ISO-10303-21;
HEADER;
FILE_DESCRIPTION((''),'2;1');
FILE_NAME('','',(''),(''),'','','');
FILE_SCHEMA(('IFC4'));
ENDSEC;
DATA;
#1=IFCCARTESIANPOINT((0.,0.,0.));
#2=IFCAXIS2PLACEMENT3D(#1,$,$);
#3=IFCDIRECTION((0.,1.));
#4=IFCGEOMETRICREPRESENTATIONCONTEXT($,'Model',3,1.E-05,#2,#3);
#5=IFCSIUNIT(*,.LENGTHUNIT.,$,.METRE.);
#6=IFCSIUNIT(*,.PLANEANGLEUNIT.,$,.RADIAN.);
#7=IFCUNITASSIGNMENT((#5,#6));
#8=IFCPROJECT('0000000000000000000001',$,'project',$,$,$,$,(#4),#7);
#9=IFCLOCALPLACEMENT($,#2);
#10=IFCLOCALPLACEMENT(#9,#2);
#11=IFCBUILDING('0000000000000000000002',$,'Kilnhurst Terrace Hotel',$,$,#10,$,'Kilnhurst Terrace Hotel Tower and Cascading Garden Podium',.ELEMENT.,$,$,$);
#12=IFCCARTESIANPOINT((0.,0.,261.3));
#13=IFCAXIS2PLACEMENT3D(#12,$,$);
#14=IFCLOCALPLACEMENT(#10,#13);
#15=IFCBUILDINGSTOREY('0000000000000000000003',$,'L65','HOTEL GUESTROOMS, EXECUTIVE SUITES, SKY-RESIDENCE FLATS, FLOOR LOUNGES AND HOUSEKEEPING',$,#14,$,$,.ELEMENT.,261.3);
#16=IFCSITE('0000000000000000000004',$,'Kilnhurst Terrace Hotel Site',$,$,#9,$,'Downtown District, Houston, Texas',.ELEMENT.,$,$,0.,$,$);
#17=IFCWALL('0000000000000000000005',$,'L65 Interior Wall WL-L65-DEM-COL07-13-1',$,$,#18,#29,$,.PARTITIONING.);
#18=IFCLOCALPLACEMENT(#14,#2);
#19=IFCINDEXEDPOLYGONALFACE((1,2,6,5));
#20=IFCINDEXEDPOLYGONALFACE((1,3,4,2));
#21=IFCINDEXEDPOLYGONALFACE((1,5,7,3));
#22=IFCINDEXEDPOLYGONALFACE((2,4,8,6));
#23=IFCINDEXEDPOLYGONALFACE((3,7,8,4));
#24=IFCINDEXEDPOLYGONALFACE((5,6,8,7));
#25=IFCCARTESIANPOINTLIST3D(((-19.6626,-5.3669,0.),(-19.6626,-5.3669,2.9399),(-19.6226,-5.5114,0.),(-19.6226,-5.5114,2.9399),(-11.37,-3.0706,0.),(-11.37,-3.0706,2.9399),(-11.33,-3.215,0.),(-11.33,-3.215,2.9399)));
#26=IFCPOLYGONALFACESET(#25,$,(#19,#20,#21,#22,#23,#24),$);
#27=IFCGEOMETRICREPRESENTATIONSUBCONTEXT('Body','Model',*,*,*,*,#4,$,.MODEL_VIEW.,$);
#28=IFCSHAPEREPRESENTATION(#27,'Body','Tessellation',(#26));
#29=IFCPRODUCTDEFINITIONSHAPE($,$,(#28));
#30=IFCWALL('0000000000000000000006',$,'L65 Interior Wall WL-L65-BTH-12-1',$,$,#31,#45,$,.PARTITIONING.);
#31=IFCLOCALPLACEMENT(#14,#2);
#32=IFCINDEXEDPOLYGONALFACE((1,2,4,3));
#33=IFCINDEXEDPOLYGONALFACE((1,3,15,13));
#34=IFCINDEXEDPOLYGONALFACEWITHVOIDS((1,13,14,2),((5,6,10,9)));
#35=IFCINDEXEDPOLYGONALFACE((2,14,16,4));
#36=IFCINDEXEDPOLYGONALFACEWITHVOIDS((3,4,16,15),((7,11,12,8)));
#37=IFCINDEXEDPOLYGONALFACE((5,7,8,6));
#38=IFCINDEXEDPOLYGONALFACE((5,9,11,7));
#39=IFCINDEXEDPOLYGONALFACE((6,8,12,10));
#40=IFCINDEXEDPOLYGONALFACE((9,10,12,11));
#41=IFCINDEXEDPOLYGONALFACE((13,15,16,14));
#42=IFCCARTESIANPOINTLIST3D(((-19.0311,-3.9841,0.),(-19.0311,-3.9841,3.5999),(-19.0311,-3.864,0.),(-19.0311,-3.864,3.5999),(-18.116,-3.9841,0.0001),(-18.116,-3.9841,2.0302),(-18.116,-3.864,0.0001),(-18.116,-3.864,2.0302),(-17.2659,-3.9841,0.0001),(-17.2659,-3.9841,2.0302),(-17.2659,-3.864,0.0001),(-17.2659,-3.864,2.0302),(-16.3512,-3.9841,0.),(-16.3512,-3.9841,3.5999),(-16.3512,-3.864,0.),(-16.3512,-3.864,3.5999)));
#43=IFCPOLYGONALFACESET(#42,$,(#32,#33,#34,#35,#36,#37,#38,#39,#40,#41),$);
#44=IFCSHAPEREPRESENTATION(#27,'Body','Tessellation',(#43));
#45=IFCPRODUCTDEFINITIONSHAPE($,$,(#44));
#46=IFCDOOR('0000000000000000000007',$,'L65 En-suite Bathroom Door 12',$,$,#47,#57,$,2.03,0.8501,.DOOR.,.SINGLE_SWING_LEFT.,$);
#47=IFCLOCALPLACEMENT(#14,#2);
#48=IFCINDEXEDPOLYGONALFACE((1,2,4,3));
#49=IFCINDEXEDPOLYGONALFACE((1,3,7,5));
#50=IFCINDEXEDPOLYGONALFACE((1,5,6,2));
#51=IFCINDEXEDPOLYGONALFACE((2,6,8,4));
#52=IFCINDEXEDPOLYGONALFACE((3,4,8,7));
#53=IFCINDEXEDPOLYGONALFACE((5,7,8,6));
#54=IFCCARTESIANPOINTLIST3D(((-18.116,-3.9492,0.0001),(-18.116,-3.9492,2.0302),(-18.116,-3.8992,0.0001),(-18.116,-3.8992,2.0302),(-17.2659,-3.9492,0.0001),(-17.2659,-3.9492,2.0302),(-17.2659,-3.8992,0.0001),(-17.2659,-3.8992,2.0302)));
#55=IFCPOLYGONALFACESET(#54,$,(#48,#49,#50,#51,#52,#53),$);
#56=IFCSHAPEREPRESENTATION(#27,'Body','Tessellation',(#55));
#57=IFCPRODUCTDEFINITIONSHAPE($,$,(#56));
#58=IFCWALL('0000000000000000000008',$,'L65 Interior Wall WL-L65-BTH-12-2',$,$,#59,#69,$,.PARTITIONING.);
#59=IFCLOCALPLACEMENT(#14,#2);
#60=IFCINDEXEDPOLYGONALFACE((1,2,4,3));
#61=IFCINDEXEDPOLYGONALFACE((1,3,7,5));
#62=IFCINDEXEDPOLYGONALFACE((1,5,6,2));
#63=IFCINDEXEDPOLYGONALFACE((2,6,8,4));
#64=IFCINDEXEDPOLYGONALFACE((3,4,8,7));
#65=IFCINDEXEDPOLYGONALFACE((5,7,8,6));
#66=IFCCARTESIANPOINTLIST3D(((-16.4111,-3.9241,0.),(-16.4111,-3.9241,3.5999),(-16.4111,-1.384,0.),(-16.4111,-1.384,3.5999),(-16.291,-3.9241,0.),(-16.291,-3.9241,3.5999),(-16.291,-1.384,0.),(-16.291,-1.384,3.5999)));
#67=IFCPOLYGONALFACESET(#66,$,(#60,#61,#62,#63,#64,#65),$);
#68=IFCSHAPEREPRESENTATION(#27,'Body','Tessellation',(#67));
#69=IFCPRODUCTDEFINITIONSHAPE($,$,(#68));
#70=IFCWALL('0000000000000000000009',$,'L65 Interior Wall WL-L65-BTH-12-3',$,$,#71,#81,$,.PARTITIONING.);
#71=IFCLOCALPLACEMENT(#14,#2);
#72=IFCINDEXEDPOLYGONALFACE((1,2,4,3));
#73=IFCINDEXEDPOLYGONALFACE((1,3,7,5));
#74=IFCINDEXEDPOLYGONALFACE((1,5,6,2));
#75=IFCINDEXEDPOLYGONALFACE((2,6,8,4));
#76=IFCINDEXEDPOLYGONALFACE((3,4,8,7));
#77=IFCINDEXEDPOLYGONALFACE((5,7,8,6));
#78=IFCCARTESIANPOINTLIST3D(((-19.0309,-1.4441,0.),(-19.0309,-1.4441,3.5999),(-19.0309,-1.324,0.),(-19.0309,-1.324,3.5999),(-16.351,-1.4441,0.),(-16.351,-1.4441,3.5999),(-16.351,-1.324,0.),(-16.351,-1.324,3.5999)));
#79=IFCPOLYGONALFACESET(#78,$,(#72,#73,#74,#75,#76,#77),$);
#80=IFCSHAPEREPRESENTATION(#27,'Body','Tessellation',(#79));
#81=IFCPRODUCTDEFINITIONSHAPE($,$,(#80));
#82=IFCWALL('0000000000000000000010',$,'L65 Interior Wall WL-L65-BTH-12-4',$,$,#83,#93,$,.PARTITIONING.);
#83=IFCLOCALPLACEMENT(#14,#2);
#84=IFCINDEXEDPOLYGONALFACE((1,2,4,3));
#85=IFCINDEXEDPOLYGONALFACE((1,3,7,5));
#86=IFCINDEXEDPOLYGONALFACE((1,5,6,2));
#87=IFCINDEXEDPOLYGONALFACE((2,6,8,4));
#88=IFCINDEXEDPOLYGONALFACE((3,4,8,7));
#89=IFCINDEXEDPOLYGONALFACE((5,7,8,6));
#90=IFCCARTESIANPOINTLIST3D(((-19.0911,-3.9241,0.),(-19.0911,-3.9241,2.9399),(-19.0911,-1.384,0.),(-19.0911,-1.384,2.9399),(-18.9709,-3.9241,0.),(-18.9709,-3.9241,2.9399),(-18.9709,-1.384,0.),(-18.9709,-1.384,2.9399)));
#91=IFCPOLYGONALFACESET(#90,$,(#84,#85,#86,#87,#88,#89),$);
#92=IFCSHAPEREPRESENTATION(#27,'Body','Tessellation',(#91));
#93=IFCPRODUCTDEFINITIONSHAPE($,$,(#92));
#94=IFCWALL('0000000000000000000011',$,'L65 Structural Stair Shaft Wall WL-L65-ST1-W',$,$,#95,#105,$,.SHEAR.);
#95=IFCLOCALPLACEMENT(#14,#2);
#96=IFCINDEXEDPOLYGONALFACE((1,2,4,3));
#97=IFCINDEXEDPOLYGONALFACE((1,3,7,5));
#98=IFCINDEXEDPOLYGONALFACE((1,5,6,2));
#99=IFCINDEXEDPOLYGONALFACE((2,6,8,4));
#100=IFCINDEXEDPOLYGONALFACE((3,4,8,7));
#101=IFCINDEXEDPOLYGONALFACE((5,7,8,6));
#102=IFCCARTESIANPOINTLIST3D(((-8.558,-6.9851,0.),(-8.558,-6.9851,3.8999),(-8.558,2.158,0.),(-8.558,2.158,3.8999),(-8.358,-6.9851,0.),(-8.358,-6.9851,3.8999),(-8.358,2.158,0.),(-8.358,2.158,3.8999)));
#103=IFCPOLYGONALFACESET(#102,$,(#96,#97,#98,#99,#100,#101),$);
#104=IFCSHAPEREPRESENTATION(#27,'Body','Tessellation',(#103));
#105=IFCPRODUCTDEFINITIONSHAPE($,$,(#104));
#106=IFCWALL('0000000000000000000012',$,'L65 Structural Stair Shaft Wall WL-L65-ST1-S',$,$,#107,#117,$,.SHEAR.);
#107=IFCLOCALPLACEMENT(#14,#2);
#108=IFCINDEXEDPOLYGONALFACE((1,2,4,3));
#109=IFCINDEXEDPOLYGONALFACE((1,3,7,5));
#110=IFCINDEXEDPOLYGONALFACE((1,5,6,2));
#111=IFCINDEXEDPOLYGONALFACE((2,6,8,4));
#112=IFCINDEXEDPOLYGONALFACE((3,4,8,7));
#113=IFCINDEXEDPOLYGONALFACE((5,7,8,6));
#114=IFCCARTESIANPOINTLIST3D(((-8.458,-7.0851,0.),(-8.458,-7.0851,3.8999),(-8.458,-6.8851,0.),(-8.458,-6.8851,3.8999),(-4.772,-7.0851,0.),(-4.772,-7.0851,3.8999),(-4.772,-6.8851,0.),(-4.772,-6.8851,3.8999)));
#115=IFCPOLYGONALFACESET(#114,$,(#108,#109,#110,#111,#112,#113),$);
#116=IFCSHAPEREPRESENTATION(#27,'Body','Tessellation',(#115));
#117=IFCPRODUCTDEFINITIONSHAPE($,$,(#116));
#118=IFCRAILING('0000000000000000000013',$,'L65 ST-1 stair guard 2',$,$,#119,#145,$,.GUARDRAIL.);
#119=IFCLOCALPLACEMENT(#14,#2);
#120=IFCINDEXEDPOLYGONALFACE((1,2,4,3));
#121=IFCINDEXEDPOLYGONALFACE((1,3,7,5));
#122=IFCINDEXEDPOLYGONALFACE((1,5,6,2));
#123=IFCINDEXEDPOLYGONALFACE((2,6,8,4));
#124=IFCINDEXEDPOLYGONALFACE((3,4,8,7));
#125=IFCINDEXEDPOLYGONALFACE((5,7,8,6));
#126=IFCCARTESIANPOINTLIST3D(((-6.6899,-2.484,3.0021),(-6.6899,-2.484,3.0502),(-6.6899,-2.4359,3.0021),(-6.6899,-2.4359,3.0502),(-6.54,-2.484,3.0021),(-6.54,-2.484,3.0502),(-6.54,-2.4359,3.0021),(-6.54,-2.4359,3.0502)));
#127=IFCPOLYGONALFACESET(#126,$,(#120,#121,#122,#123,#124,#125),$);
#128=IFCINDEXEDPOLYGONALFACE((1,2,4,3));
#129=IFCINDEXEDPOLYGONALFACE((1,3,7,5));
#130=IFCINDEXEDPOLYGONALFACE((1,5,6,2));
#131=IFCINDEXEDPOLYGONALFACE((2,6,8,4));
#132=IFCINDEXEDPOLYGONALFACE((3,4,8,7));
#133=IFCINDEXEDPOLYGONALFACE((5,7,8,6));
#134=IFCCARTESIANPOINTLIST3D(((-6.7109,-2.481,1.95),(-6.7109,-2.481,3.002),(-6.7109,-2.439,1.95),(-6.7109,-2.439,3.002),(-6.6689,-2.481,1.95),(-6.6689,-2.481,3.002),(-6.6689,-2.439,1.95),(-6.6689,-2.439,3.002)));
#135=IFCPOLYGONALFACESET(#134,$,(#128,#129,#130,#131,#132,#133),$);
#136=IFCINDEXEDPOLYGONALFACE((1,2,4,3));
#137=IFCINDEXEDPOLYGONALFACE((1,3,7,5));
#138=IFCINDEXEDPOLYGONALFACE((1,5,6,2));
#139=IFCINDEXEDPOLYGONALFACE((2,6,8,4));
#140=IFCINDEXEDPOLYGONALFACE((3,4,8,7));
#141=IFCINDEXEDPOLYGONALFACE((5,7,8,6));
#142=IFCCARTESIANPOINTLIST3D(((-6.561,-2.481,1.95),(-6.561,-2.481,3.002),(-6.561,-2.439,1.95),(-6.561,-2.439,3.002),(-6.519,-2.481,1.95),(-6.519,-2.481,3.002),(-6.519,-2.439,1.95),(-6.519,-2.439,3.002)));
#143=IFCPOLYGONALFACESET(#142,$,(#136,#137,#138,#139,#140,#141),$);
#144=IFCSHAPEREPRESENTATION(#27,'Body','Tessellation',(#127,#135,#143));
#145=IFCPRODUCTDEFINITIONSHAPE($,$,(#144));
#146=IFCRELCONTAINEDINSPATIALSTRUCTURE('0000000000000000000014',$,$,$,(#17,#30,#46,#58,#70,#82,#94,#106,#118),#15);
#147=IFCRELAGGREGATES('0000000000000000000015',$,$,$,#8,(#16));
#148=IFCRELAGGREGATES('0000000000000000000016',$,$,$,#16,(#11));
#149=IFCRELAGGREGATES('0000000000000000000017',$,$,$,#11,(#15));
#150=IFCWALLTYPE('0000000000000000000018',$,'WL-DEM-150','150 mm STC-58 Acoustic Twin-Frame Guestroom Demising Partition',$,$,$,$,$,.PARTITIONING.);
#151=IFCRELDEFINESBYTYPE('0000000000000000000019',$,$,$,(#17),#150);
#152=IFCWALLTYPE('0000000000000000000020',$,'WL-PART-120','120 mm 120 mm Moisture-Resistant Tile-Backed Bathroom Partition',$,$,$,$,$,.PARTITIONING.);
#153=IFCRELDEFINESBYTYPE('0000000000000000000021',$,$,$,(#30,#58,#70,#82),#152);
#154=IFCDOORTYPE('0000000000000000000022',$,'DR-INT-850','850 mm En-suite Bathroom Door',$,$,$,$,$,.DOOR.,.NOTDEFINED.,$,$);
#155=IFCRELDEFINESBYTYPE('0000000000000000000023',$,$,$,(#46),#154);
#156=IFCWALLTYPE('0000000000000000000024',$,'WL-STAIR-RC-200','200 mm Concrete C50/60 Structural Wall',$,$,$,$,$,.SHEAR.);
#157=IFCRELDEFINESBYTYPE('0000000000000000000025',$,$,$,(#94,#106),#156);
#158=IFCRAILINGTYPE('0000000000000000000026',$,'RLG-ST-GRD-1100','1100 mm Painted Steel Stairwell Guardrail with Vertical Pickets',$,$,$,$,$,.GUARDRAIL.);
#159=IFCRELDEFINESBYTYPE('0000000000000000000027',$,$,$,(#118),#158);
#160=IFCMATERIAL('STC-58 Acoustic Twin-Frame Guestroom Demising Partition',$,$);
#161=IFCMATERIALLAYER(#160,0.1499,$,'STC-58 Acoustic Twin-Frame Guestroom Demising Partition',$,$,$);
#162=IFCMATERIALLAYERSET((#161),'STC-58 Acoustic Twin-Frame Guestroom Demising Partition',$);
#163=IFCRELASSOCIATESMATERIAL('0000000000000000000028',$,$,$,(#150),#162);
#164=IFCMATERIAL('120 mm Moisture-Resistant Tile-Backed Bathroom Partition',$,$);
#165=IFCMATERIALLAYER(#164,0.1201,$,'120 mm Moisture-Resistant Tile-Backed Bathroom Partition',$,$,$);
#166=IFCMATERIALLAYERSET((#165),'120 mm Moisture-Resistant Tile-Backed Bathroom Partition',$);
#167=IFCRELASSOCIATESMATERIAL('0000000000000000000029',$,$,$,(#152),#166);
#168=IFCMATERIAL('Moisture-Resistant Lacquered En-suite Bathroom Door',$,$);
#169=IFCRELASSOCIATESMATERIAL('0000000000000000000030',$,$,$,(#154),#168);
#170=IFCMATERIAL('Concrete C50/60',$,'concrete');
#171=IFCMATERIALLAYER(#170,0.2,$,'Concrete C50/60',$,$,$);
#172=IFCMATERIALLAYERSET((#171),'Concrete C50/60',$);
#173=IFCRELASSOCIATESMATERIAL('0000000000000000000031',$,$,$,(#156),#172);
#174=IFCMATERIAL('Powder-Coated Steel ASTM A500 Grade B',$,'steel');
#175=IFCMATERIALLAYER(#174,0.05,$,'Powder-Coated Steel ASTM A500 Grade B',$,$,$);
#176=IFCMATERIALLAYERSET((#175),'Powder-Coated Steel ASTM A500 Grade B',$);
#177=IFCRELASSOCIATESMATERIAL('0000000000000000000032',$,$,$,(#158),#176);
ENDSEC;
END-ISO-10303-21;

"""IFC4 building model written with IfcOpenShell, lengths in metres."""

from ifc_helpers import new_model, si_unit, direction, frame, frame_2d, origin, origin_2d, place, context, subcontext, project, spatial, rectangle, extrude, material, layer, layer_set, type_object, element, fill, save


model = new_model("IFC4")

# Units and contexts
model_context = context("Model", 3, precision=1e-05, world=origin(), true_north=direction((0.0, 1.0)))
body_context = subcontext(model_context, "Body", "Model", "MODEL_VIEW")
ifc_project = project(units=[si_unit("LENGTHUNIT", "METRE"), si_unit("PLANEANGLEUNIT", "RADIAN")], contexts=[model_context])

# Site, building, storey
site_placement = place(None, origin())
site = spatial("IfcSite", under=ifc_project, at=site_placement, Name="Kilnhurst Terrace Hotel Site", LongName="Downtown District, Houston, Texas", CompositionType="ELEMENT", RefElevation=0.0)
building_placement = place(site_placement, origin())
building = spatial("IfcBuilding", under=site, at=building_placement, Name="Kilnhurst Terrace Hotel", LongName="Kilnhurst Terrace Hotel Tower and Cascading Garden Podium", CompositionType="ELEMENT")
storey_placement = place(building_placement, frame((0.0, 0.0, 261.3)))
storey = spatial("IfcBuildingStorey", under=building, at=storey_placement, Name="L65", Description="HOTEL GUESTROOMS, EXECUTIVE SUITES, SKY-RESIDENCE FLATS, FLOOR LOUNGES AND HOUSEKEEPING", CompositionType="ELEMENT", Elevation=261.3)

# Shared definitions
ifc_material_1 = material(Name="Concrete C50/60", Category="concrete")

# Wall
ifc_material_2 = material(Name="STC-58 Acoustic Twin-Frame Guestroom Demising Partition")
ifc_layer_1 = layer(ifc_material_2, 0.1499, Name="STC-58 Acoustic Twin-Frame Guestroom Demising Partition")
ifc_layer_set_1 = layer_set([ifc_layer_1], Name="STC-58 Acoustic Twin-Frame Guestroom Demising Partition")
wall_type_1 = type_object("IfcWallType", Name="WL-DEM-150", Description="150 mm STC-58 Acoustic Twin-Frame Guestroom Demising Partition", PredefinedType="PARTITIONING", material=ifc_layer_set_1)
wall_1_placement = place(storey_placement, frame((-11.3501, -3.1428, 0.0), z_axis=(0.0, 0.0, 1.0), x_axis=(-0.963732, -0.266873, 0.0)))
element("IfcWall", 1, at=wall_1_placement, inside=storey, type_object=wall_type_1, Name="L65 Interior Wall WL-L65-DEM-COL07-13-1", PredefinedType="PARTITIONING", context=body_context, shape_type="SweptSolid", body=[
    extrude(rectangle(XDim=8.6047, YDim=0.1499, at=frame_2d((4.3022, 0.0))), origin(), (0.0, 0.0, 1.0), 2.9399),
])

# Wall, opening, door
ifc_material_3 = material(Name="120 mm Moisture-Resistant Tile-Backed Bathroom Partition")
ifc_layer_2 = layer(ifc_material_3, 0.1201, Name="120 mm Moisture-Resistant Tile-Backed Bathroom Partition")
ifc_layer_set_2 = layer_set([ifc_layer_2], Name="120 mm Moisture-Resistant Tile-Backed Bathroom Partition")
wall_type_2 = type_object("IfcWallType", Name="WL-PART-120", Description="120 mm 120 mm Moisture-Resistant Tile-Backed Bathroom Partition", PredefinedType="PARTITIONING", material=ifc_layer_set_2)
wall_2_placement = place(storey_placement, frame((-19.031, -3.9241, 0.0), z_axis=(0.0, 0.0, 1.0), x_axis=(1.0, 0.0, 0.0)))
wall_2 = element("IfcWall", 2, at=wall_2_placement, inside=storey, type_object=wall_type_2, Name="L65 Interior Wall WL-L65-BTH-12-1", PredefinedType="PARTITIONING", context=body_context, shape_type="SweptSolid", body=[
    extrude(rectangle(XDim=2.6799, YDim=0.1201, at=frame_2d((1.3398, 0.0))), origin(), (0.0, 0.0, 1.0), 3.5999),
])
opening_1_placement = place(wall_2_placement, frame((0.915, 0.0, 0.0)))
opening_1 = element("IfcOpeningElement", 3, at=opening_1_placement, cuts=wall_2, PredefinedType="OPENING", context=body_context, shape_type="SweptSolid", body=[
    extrude(rectangle(XDim=0.8501, YDim=2.03, at=frame_2d((0.425, 1.0151))), frame((0.0, 0.0701, 0.0), z_axis=(0.0, -1.0, 0.0), x_axis=(1.0, 0.0, 0.0)), (0.0, 0.0, 1.0), 0.1401),
])
ifc_material_4 = material(Name="Moisture-Resistant Lacquered En-suite Bathroom Door")
door_type_1 = type_object("IfcDoorType", Name="DR-INT-850", Description="850 mm En-suite Bathroom Door", OperationType="NOTDEFINED", PredefinedType="DOOR", material=ifc_material_4)
door_1_placement = place(opening_1_placement, origin())
door_1 = element("IfcDoor", 4, at=door_1_placement, inside=storey, type_object=door_type_1, Name="L65 En-suite Bathroom Door 12", OperationType="SINGLE_SWING_LEFT", OverallHeight=2.03, OverallWidth=0.8501, PredefinedType="DOOR", context=body_context, shape_type="SweptSolid", body=[
    extrude(rectangle(XDim=0.8501, YDim=2.03, at=frame_2d((0.425, 1.0151))), frame((0.0, 0.0249, 0.0), z_axis=(0.0, -1.0, 0.0), x_axis=(1.0, 0.0, 0.0)), (0.0, 0.0, 1.0), 0.05),
])
fill(opening_1, door_1)

# Walls
wall_3_placement = place(storey_placement, frame((-16.3511, -3.9241, 0.0), z_axis=(0.0, 0.0, 1.0), x_axis=(0.0, 1.0, 0.0)))
element("IfcWall", 5, at=wall_3_placement, inside=storey, type_object=wall_type_2, Name="L65 Interior Wall WL-L65-BTH-12-2", PredefinedType="PARTITIONING", context=body_context, shape_type="SweptSolid", body=[
    extrude(rectangle(XDim=2.54, YDim=0.1201, at=frame_2d((1.27, 0.0))), origin(), (0.0, 0.0, 1.0), 3.5999),
])
wall_4_placement = place(storey_placement, frame((-16.3511, -1.384, 0.0), z_axis=(0.0, 0.0, 1.0), x_axis=(-1.0, 0.0, 0.0)))
element("IfcWall", 6, at=wall_4_placement, inside=storey, type_object=wall_type_2, Name="L65 Interior Wall WL-L65-BTH-12-3", PredefinedType="PARTITIONING", context=body_context, shape_type="SweptSolid", body=[
    extrude(rectangle(XDim=2.6799, YDim=0.1201, at=frame_2d((1.3398, 0.0))), origin(), (0.0, 0.0, 1.0), 3.5999),
])
wall_5_placement = place(storey_placement, frame((-19.031, -1.384, 0.0), z_axis=(0.0, 0.0, 1.0), x_axis=(0.0, -1.0, 0.0)))
element("IfcWall", 7, at=wall_5_placement, inside=storey, type_object=wall_type_2, Name="L65 Interior Wall WL-L65-BTH-12-4", PredefinedType="PARTITIONING", context=body_context, shape_type="SweptSolid", body=[
    extrude(rectangle(XDim=2.54, YDim=0.1201, at=frame_2d((1.27, 0.0))), origin(), (0.0, 0.0, 1.0), 2.9399),
])
ifc_layer_3 = layer(ifc_material_1, 0.2, Name="Concrete C50/60")
ifc_layer_set_3 = layer_set([ifc_layer_3], Name="Concrete C50/60")
wall_type_3 = type_object("IfcWallType", Name="WL-STAIR-RC-200", Description="200 mm Concrete C50/60 Structural Wall", PredefinedType="SHEAR", material=ifc_layer_set_3)
wall_6_placement = place(storey_placement, frame((-8.458, -6.9851, 0.0), z_axis=(0.0, 0.0, 1.0), x_axis=(0.0, 1.0, 0.0)))
element("IfcWall", 8, at=wall_6_placement, inside=storey, type_object=wall_type_3, Name="L65 Structural Stair Shaft Wall WL-L65-ST1-W", PredefinedType="SHEAR", context=body_context, shape_type="SweptSolid", body=[
    extrude(rectangle(XDim=9.1431, YDim=0.2, at=frame_2d((4.5715, 0.0))), origin(), (0.0, 0.0, 1.0), 3.8999),
])
wall_7_placement = place(storey_placement, frame((-8.458, -6.9851, 0.0), z_axis=(0.0, 0.0, 1.0), x_axis=(1.0, 0.0, 0.0)))
element("IfcWall", 9, at=wall_7_placement, inside=storey, type_object=wall_type_3, Name="L65 Structural Stair Shaft Wall WL-L65-ST1-S", PredefinedType="SHEAR", context=body_context, shape_type="SweptSolid", body=[
    extrude(rectangle(XDim=3.686, YDim=0.2, at=frame_2d((1.843, 0.0))), origin(), (0.0, 0.0, 1.0), 3.8999),
])

# Railing
ifc_material_5 = material(Name="Powder-Coated Steel ASTM A500 Grade B", Category="steel")
ifc_layer_4 = layer(ifc_material_5, 0.05, Name="Powder-Coated Steel ASTM A500 Grade B")
ifc_layer_set_4 = layer_set([ifc_layer_4], Name="Powder-Coated Steel ASTM A500 Grade B")
railing_type = type_object("IfcRailingType", Name="RLG-ST-GRD-1100", Description="1100 mm Painted Steel Stairwell Guardrail with Vertical Pickets", PredefinedType="GUARDRAIL", material=ifc_layer_set_4)
railing_placement = place(storey_placement, frame((-6.6899, -2.46, 1.95)))
element("IfcRailing", 10, at=railing_placement, inside=storey, type_object=railing_type, Name="L65 ST-1 stair guard 2", PredefinedType="GUARDRAIL", context=body_context, shape_type="SweptSolid", body=[
    extrude(rectangle(XDim=0.0481, YDim=0.0481, at=origin_2d()), frame((0.0, 0.0, 1.0762), z_axis=(1.0, 0.0, 0.0), x_axis=(0.0, 1.0, 0.0)), (0.0, 0.0, 1.0), 0.1499),
    extrude(rectangle(XDim=0.042, YDim=0.042, at=origin_2d()), origin(), (0.0, 0.0, 1.0), 1.052),
    extrude(rectangle(XDim=0.042, YDim=0.042, at=origin_2d()), frame((0.1499, 0.0, 0.0)), (0.0, 0.0, 1.0), 1.052),
])

save(model, "model.ifc")
